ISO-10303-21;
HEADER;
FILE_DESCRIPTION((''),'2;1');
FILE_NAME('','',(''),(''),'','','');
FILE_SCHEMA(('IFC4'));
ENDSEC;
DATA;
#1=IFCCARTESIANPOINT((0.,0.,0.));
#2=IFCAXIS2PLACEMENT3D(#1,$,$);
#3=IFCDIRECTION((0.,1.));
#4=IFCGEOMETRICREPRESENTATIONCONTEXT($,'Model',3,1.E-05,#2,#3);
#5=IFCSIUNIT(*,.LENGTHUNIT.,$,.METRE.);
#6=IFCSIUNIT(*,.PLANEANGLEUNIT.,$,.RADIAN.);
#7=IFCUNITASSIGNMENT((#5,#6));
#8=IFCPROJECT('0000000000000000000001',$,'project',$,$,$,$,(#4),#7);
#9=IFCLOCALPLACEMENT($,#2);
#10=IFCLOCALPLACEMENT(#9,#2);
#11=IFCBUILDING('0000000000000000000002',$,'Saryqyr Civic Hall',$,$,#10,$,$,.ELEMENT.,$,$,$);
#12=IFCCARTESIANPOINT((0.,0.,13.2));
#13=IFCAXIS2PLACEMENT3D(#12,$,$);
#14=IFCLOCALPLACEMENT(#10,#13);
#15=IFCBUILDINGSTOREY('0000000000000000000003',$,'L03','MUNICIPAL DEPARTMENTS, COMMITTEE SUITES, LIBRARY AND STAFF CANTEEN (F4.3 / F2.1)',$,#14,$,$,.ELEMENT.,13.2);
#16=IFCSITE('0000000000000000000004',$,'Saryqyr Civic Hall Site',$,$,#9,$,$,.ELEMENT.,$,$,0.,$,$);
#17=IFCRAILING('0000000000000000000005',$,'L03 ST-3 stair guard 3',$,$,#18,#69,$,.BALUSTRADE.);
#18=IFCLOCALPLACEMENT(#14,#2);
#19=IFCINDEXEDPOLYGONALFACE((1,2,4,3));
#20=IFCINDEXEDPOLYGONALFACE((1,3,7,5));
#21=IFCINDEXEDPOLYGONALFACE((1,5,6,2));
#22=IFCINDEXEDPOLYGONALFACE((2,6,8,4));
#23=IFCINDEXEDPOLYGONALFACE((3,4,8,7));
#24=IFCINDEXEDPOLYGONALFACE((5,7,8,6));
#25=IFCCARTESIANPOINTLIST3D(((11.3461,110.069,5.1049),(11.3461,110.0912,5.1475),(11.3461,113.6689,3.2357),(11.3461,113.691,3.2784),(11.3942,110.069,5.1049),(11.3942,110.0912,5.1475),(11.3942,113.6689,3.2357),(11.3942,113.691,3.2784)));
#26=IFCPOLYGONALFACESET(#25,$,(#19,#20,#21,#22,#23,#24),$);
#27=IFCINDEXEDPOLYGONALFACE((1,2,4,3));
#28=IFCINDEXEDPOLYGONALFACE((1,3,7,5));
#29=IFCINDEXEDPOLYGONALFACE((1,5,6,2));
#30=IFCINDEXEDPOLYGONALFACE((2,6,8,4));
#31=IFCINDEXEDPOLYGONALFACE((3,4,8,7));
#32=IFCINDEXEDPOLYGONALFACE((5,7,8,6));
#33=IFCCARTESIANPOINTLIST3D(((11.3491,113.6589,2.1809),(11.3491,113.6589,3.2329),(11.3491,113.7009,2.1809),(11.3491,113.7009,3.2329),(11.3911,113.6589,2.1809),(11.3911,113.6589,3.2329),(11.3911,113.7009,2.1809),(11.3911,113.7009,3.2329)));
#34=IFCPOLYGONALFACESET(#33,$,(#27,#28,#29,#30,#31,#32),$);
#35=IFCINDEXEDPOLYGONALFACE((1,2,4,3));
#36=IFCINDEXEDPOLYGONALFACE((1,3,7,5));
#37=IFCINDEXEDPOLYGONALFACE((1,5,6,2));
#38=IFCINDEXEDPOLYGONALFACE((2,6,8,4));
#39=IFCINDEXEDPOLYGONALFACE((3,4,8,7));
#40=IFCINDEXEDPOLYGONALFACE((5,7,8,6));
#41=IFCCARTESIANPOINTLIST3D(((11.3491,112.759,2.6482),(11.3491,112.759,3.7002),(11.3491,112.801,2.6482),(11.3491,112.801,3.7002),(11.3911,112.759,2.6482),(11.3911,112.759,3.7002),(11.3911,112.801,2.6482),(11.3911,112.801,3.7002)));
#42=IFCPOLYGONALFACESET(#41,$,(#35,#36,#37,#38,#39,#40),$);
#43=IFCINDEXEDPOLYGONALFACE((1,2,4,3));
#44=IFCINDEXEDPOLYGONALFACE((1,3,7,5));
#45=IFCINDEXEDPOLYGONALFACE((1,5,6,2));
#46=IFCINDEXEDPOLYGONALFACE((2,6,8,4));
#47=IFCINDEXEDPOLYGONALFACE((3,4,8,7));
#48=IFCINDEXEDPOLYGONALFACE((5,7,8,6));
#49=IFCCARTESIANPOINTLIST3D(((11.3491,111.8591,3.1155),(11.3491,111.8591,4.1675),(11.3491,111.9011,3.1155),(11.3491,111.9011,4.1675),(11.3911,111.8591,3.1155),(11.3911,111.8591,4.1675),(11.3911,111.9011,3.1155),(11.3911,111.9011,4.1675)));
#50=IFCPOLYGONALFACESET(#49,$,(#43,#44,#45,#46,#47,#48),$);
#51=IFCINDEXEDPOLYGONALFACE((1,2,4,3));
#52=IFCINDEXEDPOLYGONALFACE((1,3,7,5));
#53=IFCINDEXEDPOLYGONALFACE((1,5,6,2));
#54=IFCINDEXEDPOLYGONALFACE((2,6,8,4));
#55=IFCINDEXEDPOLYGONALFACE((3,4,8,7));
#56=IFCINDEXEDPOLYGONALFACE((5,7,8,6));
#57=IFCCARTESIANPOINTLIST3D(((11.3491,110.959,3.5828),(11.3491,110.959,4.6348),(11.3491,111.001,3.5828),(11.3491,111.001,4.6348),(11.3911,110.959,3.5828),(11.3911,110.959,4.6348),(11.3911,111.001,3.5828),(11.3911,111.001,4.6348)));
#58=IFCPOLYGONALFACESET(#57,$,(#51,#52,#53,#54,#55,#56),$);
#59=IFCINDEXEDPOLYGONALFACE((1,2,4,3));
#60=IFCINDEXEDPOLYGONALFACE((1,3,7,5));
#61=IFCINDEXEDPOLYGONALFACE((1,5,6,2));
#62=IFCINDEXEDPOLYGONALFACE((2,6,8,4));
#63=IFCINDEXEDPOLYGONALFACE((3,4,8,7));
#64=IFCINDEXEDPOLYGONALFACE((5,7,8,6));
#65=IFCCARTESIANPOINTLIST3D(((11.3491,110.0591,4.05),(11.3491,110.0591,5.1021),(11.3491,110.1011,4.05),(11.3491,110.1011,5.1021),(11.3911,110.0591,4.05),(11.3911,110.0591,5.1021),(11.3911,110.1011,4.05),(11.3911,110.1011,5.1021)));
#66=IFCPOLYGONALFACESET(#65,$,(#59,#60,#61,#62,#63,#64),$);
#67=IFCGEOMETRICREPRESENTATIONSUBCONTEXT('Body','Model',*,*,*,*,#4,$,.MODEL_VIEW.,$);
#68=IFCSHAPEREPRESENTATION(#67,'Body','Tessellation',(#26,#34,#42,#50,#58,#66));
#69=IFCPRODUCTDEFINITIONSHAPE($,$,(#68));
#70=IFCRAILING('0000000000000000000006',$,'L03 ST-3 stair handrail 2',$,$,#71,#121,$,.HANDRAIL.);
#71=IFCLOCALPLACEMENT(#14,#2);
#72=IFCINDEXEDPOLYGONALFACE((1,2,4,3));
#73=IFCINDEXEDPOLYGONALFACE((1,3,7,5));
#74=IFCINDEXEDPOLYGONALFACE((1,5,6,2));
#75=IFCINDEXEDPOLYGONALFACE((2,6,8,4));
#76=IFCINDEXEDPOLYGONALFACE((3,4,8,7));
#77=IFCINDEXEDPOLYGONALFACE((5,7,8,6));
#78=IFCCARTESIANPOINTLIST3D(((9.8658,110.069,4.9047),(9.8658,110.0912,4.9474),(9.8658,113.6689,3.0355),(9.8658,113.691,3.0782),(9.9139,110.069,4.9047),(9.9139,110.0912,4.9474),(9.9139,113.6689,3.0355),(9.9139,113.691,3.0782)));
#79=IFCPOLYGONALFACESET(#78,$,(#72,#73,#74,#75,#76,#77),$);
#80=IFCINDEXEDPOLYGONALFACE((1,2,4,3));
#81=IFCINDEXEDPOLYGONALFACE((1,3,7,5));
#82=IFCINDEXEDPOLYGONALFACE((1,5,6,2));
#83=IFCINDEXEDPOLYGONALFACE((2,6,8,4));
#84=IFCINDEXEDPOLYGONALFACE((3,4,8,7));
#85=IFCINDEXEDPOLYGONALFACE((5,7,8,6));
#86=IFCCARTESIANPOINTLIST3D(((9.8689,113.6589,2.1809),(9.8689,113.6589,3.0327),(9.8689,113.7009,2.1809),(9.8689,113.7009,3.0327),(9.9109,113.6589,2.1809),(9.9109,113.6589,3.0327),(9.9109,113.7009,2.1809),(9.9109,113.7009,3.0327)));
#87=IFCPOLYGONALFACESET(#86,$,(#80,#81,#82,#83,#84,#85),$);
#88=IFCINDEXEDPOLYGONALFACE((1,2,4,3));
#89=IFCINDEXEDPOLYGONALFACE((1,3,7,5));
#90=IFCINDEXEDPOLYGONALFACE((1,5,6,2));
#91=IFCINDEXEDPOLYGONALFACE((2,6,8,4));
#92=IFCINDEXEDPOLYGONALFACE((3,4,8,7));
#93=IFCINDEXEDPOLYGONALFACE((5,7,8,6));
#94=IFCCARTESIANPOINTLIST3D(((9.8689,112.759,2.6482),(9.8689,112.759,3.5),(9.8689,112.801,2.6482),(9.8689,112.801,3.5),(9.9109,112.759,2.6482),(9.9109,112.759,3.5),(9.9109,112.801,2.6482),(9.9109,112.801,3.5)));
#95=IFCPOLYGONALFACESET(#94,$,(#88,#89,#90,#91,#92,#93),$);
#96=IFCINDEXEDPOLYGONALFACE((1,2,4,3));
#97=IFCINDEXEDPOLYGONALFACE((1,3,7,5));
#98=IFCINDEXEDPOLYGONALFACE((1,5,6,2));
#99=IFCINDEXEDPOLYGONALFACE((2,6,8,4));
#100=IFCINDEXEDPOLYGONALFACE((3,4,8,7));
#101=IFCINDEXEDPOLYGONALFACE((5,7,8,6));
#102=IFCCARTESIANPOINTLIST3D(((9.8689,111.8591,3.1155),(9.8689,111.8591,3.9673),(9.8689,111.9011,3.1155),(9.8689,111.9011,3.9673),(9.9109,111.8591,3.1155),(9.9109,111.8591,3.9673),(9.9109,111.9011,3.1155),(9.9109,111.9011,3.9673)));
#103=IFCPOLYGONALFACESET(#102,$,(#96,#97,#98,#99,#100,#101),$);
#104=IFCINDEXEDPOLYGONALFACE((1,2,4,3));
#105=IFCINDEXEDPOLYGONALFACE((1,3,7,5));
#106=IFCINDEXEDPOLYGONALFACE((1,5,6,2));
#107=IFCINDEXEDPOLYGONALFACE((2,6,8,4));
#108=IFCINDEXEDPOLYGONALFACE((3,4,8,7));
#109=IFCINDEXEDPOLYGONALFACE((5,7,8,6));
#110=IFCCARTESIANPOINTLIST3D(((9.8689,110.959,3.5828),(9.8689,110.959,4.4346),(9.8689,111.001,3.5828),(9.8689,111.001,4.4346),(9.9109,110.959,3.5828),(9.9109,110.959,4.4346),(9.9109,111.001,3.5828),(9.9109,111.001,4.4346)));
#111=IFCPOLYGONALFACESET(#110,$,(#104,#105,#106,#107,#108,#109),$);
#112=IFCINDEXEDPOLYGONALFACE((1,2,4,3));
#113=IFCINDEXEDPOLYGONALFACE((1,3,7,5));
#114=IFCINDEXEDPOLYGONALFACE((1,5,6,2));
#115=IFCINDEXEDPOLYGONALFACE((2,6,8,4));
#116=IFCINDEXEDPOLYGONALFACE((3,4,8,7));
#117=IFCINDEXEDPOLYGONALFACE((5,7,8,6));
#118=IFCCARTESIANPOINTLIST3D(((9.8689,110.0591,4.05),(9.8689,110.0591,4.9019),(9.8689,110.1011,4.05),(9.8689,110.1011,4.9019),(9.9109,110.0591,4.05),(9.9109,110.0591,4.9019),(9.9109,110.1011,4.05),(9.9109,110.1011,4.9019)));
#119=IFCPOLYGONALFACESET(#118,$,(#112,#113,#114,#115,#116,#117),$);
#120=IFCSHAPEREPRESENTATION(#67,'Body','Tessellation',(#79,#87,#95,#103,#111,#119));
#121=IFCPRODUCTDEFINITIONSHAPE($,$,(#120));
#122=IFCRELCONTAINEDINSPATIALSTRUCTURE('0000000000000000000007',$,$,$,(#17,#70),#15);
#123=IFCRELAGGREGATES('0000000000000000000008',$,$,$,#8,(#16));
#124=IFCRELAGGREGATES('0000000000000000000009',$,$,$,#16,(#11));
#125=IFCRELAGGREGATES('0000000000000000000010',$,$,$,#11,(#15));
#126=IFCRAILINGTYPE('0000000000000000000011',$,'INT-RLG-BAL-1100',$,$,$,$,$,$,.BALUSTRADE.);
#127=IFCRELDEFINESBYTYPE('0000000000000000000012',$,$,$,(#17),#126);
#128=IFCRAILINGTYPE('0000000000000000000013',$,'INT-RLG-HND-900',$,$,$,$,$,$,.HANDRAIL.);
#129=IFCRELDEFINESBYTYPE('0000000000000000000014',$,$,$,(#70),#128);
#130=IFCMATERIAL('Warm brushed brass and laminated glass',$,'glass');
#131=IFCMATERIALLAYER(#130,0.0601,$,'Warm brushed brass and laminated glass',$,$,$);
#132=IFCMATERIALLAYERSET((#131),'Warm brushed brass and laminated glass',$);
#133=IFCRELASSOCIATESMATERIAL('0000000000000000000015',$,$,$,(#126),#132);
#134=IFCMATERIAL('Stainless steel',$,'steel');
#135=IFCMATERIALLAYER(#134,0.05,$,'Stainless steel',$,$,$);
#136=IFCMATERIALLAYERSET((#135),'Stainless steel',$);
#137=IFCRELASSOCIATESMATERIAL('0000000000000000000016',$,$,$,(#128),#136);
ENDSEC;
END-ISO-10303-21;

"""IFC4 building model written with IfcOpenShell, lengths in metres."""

from ifc_helpers import new_model, si_unit, direction, frame, origin, origin_2d, place, context, subcontext, project, spatial, rectangle, extrude, material, layer, layer_set, type_object, element, save


model = new_model("IFC4")

# Units and contexts
model_context = context("Model", 3, precision=1e-05, world=origin(), true_north=direction((0.0, 1.0)))
body_context = subcontext(model_context, "Body", "Model", "MODEL_VIEW")
ifc_project = project(units=[si_unit("LENGTHUNIT", "METRE"), si_unit("PLANEANGLEUNIT", "RADIAN")], contexts=[model_context])

# Site, building, storey
site_placement = place(None, origin())
site = spatial("IfcSite", under=ifc_project, at=site_placement, Name="Saryqyr Civic Hall Site", CompositionType="ELEMENT", RefElevation=0.0)
building_placement = place(site_placement, origin())
building = spatial("IfcBuilding", under=site, at=building_placement, Name="Saryqyr Civic Hall", CompositionType="ELEMENT")
storey_placement = place(building_placement, frame((0.0, 0.0, 13.2)))
storey = spatial("IfcBuildingStorey", under=building, at=storey_placement, Name="L03", Description="MUNICIPAL DEPARTMENTS, COMMITTEE SUITES, LIBRARY AND STAFF CANTEEN (F4.3 / F2.1)", CompositionType="ELEMENT", Elevation=13.2)

# Railings
ifc_material_1 = material(Name="Warm brushed brass and laminated glass", Category="glass")
ifc_layer_1 = layer(ifc_material_1, 0.0601, Name="Warm brushed brass and laminated glass")
ifc_layer_set_1 = layer_set([ifc_layer_1], Name="Warm brushed brass and laminated glass")
railing_type_1 = type_object("IfcRailingType", Name="INT-RLG-BAL-1100", PredefinedType="BALUSTRADE", material=ifc_layer_set_1)
railing_1_placement = place(storey_placement, frame((11.3701, 113.6799, 2.1809)))
element("IfcRailing", 1, at=railing_1_placement, inside=storey, type_object=railing_type_1, Name="L03 ST-3 stair guard 3", PredefinedType="BALUSTRADE", context=body_context, shape_type="SweptSolid", body=[
    extrude(rectangle(XDim=0.0481, YDim=0.0481, at=origin_2d()), frame((0.0, 0.0, 1.0762), z_axis=(0.0, -0.887497, 0.460813), x_axis=(1.0, 0.0, 0.0)), (0.0, 0.0, 1.0), 4.0562),
    extrude(rectangle(XDim=0.042, YDim=0.042, at=origin_2d()), origin(), (0.0, 0.0, 1.0), 1.052),
    extrude(rectangle(XDim=0.042, YDim=0.042, at=origin_2d()), frame((0.0, -0.8999, 0.4673)), (0.0, 0.0, 1.0), 1.052),
    extrude(rectangle(XDim=0.042, YDim=0.042, at=origin_2d()), frame((0.0, -1.7998, 0.9346)), (0.0, 0.0, 1.0), 1.052),
    extrude(rectangle(XDim=0.042, YDim=0.042, at=origin_2d()), frame((0.0, -2.7, 1.4019)), (0.0, 0.0, 1.0), 1.052),
    extrude(rectangle(XDim=0.042, YDim=0.042, at=origin_2d()), frame((0.0, -3.5999, 1.8691)), (0.0, 0.0, 1.0), 1.052),
])
ifc_material_2 = material(Name="Stainless steel", Category="steel")
ifc_layer_2 = layer(ifc_material_2, 0.05, Name="Stainless steel")
ifc_layer_set_2 = layer_set([ifc_layer_2], Name="Stainless steel")
railing_type_2 = type_object("IfcRailingType", Name="INT-RLG-HND-900", PredefinedType="HANDRAIL", material=ifc_layer_set_2)
railing_2_placement = place(storey_placement, frame((9.8899, 113.6799, 2.1809)))
element("IfcRailing", 2, at=railing_2_placement, inside=storey, type_object=railing_type_2, Name="L03 ST-3 stair handrail 2", PredefinedType="HANDRAIL", context=body_context, shape_type="SweptSolid", body=[
    extrude(rectangle(XDim=0.0481, YDim=0.0481, at=origin_2d()), frame((0.0, 0.0, 0.876), z_axis=(0.0, -0.887497, 0.460813), x_axis=(1.0, 0.0, 0.0)), (0.0, 0.0, 1.0), 4.0562),
    extrude(rectangle(XDim=0.042, YDim=0.042, at=origin_2d()), origin(), (0.0, 0.0, 1.0), 0.8518),
    extrude(rectangle(XDim=0.042, YDim=0.042, at=origin_2d()), frame((0.0, -0.8999, 0.4673)), (0.0, 0.0, 1.0), 0.8518),
    extrude(rectangle(XDim=0.042, YDim=0.042, at=origin_2d()), frame((0.0, -1.7998, 0.9346)), (0.0, 0.0, 1.0), 0.8518),
    extrude(rectangle(XDim=0.042, YDim=0.042, at=origin_2d()), frame((0.0, -2.7, 1.4019)), (0.0, 0.0, 1.0), 0.8518),
    extrude(rectangle(XDim=0.042, YDim=0.042, at=origin_2d()), frame((0.0, -3.5999, 1.8691)), (0.0, 0.0, 1.0), 0.8518),
])

save(model, "model.ifc")
